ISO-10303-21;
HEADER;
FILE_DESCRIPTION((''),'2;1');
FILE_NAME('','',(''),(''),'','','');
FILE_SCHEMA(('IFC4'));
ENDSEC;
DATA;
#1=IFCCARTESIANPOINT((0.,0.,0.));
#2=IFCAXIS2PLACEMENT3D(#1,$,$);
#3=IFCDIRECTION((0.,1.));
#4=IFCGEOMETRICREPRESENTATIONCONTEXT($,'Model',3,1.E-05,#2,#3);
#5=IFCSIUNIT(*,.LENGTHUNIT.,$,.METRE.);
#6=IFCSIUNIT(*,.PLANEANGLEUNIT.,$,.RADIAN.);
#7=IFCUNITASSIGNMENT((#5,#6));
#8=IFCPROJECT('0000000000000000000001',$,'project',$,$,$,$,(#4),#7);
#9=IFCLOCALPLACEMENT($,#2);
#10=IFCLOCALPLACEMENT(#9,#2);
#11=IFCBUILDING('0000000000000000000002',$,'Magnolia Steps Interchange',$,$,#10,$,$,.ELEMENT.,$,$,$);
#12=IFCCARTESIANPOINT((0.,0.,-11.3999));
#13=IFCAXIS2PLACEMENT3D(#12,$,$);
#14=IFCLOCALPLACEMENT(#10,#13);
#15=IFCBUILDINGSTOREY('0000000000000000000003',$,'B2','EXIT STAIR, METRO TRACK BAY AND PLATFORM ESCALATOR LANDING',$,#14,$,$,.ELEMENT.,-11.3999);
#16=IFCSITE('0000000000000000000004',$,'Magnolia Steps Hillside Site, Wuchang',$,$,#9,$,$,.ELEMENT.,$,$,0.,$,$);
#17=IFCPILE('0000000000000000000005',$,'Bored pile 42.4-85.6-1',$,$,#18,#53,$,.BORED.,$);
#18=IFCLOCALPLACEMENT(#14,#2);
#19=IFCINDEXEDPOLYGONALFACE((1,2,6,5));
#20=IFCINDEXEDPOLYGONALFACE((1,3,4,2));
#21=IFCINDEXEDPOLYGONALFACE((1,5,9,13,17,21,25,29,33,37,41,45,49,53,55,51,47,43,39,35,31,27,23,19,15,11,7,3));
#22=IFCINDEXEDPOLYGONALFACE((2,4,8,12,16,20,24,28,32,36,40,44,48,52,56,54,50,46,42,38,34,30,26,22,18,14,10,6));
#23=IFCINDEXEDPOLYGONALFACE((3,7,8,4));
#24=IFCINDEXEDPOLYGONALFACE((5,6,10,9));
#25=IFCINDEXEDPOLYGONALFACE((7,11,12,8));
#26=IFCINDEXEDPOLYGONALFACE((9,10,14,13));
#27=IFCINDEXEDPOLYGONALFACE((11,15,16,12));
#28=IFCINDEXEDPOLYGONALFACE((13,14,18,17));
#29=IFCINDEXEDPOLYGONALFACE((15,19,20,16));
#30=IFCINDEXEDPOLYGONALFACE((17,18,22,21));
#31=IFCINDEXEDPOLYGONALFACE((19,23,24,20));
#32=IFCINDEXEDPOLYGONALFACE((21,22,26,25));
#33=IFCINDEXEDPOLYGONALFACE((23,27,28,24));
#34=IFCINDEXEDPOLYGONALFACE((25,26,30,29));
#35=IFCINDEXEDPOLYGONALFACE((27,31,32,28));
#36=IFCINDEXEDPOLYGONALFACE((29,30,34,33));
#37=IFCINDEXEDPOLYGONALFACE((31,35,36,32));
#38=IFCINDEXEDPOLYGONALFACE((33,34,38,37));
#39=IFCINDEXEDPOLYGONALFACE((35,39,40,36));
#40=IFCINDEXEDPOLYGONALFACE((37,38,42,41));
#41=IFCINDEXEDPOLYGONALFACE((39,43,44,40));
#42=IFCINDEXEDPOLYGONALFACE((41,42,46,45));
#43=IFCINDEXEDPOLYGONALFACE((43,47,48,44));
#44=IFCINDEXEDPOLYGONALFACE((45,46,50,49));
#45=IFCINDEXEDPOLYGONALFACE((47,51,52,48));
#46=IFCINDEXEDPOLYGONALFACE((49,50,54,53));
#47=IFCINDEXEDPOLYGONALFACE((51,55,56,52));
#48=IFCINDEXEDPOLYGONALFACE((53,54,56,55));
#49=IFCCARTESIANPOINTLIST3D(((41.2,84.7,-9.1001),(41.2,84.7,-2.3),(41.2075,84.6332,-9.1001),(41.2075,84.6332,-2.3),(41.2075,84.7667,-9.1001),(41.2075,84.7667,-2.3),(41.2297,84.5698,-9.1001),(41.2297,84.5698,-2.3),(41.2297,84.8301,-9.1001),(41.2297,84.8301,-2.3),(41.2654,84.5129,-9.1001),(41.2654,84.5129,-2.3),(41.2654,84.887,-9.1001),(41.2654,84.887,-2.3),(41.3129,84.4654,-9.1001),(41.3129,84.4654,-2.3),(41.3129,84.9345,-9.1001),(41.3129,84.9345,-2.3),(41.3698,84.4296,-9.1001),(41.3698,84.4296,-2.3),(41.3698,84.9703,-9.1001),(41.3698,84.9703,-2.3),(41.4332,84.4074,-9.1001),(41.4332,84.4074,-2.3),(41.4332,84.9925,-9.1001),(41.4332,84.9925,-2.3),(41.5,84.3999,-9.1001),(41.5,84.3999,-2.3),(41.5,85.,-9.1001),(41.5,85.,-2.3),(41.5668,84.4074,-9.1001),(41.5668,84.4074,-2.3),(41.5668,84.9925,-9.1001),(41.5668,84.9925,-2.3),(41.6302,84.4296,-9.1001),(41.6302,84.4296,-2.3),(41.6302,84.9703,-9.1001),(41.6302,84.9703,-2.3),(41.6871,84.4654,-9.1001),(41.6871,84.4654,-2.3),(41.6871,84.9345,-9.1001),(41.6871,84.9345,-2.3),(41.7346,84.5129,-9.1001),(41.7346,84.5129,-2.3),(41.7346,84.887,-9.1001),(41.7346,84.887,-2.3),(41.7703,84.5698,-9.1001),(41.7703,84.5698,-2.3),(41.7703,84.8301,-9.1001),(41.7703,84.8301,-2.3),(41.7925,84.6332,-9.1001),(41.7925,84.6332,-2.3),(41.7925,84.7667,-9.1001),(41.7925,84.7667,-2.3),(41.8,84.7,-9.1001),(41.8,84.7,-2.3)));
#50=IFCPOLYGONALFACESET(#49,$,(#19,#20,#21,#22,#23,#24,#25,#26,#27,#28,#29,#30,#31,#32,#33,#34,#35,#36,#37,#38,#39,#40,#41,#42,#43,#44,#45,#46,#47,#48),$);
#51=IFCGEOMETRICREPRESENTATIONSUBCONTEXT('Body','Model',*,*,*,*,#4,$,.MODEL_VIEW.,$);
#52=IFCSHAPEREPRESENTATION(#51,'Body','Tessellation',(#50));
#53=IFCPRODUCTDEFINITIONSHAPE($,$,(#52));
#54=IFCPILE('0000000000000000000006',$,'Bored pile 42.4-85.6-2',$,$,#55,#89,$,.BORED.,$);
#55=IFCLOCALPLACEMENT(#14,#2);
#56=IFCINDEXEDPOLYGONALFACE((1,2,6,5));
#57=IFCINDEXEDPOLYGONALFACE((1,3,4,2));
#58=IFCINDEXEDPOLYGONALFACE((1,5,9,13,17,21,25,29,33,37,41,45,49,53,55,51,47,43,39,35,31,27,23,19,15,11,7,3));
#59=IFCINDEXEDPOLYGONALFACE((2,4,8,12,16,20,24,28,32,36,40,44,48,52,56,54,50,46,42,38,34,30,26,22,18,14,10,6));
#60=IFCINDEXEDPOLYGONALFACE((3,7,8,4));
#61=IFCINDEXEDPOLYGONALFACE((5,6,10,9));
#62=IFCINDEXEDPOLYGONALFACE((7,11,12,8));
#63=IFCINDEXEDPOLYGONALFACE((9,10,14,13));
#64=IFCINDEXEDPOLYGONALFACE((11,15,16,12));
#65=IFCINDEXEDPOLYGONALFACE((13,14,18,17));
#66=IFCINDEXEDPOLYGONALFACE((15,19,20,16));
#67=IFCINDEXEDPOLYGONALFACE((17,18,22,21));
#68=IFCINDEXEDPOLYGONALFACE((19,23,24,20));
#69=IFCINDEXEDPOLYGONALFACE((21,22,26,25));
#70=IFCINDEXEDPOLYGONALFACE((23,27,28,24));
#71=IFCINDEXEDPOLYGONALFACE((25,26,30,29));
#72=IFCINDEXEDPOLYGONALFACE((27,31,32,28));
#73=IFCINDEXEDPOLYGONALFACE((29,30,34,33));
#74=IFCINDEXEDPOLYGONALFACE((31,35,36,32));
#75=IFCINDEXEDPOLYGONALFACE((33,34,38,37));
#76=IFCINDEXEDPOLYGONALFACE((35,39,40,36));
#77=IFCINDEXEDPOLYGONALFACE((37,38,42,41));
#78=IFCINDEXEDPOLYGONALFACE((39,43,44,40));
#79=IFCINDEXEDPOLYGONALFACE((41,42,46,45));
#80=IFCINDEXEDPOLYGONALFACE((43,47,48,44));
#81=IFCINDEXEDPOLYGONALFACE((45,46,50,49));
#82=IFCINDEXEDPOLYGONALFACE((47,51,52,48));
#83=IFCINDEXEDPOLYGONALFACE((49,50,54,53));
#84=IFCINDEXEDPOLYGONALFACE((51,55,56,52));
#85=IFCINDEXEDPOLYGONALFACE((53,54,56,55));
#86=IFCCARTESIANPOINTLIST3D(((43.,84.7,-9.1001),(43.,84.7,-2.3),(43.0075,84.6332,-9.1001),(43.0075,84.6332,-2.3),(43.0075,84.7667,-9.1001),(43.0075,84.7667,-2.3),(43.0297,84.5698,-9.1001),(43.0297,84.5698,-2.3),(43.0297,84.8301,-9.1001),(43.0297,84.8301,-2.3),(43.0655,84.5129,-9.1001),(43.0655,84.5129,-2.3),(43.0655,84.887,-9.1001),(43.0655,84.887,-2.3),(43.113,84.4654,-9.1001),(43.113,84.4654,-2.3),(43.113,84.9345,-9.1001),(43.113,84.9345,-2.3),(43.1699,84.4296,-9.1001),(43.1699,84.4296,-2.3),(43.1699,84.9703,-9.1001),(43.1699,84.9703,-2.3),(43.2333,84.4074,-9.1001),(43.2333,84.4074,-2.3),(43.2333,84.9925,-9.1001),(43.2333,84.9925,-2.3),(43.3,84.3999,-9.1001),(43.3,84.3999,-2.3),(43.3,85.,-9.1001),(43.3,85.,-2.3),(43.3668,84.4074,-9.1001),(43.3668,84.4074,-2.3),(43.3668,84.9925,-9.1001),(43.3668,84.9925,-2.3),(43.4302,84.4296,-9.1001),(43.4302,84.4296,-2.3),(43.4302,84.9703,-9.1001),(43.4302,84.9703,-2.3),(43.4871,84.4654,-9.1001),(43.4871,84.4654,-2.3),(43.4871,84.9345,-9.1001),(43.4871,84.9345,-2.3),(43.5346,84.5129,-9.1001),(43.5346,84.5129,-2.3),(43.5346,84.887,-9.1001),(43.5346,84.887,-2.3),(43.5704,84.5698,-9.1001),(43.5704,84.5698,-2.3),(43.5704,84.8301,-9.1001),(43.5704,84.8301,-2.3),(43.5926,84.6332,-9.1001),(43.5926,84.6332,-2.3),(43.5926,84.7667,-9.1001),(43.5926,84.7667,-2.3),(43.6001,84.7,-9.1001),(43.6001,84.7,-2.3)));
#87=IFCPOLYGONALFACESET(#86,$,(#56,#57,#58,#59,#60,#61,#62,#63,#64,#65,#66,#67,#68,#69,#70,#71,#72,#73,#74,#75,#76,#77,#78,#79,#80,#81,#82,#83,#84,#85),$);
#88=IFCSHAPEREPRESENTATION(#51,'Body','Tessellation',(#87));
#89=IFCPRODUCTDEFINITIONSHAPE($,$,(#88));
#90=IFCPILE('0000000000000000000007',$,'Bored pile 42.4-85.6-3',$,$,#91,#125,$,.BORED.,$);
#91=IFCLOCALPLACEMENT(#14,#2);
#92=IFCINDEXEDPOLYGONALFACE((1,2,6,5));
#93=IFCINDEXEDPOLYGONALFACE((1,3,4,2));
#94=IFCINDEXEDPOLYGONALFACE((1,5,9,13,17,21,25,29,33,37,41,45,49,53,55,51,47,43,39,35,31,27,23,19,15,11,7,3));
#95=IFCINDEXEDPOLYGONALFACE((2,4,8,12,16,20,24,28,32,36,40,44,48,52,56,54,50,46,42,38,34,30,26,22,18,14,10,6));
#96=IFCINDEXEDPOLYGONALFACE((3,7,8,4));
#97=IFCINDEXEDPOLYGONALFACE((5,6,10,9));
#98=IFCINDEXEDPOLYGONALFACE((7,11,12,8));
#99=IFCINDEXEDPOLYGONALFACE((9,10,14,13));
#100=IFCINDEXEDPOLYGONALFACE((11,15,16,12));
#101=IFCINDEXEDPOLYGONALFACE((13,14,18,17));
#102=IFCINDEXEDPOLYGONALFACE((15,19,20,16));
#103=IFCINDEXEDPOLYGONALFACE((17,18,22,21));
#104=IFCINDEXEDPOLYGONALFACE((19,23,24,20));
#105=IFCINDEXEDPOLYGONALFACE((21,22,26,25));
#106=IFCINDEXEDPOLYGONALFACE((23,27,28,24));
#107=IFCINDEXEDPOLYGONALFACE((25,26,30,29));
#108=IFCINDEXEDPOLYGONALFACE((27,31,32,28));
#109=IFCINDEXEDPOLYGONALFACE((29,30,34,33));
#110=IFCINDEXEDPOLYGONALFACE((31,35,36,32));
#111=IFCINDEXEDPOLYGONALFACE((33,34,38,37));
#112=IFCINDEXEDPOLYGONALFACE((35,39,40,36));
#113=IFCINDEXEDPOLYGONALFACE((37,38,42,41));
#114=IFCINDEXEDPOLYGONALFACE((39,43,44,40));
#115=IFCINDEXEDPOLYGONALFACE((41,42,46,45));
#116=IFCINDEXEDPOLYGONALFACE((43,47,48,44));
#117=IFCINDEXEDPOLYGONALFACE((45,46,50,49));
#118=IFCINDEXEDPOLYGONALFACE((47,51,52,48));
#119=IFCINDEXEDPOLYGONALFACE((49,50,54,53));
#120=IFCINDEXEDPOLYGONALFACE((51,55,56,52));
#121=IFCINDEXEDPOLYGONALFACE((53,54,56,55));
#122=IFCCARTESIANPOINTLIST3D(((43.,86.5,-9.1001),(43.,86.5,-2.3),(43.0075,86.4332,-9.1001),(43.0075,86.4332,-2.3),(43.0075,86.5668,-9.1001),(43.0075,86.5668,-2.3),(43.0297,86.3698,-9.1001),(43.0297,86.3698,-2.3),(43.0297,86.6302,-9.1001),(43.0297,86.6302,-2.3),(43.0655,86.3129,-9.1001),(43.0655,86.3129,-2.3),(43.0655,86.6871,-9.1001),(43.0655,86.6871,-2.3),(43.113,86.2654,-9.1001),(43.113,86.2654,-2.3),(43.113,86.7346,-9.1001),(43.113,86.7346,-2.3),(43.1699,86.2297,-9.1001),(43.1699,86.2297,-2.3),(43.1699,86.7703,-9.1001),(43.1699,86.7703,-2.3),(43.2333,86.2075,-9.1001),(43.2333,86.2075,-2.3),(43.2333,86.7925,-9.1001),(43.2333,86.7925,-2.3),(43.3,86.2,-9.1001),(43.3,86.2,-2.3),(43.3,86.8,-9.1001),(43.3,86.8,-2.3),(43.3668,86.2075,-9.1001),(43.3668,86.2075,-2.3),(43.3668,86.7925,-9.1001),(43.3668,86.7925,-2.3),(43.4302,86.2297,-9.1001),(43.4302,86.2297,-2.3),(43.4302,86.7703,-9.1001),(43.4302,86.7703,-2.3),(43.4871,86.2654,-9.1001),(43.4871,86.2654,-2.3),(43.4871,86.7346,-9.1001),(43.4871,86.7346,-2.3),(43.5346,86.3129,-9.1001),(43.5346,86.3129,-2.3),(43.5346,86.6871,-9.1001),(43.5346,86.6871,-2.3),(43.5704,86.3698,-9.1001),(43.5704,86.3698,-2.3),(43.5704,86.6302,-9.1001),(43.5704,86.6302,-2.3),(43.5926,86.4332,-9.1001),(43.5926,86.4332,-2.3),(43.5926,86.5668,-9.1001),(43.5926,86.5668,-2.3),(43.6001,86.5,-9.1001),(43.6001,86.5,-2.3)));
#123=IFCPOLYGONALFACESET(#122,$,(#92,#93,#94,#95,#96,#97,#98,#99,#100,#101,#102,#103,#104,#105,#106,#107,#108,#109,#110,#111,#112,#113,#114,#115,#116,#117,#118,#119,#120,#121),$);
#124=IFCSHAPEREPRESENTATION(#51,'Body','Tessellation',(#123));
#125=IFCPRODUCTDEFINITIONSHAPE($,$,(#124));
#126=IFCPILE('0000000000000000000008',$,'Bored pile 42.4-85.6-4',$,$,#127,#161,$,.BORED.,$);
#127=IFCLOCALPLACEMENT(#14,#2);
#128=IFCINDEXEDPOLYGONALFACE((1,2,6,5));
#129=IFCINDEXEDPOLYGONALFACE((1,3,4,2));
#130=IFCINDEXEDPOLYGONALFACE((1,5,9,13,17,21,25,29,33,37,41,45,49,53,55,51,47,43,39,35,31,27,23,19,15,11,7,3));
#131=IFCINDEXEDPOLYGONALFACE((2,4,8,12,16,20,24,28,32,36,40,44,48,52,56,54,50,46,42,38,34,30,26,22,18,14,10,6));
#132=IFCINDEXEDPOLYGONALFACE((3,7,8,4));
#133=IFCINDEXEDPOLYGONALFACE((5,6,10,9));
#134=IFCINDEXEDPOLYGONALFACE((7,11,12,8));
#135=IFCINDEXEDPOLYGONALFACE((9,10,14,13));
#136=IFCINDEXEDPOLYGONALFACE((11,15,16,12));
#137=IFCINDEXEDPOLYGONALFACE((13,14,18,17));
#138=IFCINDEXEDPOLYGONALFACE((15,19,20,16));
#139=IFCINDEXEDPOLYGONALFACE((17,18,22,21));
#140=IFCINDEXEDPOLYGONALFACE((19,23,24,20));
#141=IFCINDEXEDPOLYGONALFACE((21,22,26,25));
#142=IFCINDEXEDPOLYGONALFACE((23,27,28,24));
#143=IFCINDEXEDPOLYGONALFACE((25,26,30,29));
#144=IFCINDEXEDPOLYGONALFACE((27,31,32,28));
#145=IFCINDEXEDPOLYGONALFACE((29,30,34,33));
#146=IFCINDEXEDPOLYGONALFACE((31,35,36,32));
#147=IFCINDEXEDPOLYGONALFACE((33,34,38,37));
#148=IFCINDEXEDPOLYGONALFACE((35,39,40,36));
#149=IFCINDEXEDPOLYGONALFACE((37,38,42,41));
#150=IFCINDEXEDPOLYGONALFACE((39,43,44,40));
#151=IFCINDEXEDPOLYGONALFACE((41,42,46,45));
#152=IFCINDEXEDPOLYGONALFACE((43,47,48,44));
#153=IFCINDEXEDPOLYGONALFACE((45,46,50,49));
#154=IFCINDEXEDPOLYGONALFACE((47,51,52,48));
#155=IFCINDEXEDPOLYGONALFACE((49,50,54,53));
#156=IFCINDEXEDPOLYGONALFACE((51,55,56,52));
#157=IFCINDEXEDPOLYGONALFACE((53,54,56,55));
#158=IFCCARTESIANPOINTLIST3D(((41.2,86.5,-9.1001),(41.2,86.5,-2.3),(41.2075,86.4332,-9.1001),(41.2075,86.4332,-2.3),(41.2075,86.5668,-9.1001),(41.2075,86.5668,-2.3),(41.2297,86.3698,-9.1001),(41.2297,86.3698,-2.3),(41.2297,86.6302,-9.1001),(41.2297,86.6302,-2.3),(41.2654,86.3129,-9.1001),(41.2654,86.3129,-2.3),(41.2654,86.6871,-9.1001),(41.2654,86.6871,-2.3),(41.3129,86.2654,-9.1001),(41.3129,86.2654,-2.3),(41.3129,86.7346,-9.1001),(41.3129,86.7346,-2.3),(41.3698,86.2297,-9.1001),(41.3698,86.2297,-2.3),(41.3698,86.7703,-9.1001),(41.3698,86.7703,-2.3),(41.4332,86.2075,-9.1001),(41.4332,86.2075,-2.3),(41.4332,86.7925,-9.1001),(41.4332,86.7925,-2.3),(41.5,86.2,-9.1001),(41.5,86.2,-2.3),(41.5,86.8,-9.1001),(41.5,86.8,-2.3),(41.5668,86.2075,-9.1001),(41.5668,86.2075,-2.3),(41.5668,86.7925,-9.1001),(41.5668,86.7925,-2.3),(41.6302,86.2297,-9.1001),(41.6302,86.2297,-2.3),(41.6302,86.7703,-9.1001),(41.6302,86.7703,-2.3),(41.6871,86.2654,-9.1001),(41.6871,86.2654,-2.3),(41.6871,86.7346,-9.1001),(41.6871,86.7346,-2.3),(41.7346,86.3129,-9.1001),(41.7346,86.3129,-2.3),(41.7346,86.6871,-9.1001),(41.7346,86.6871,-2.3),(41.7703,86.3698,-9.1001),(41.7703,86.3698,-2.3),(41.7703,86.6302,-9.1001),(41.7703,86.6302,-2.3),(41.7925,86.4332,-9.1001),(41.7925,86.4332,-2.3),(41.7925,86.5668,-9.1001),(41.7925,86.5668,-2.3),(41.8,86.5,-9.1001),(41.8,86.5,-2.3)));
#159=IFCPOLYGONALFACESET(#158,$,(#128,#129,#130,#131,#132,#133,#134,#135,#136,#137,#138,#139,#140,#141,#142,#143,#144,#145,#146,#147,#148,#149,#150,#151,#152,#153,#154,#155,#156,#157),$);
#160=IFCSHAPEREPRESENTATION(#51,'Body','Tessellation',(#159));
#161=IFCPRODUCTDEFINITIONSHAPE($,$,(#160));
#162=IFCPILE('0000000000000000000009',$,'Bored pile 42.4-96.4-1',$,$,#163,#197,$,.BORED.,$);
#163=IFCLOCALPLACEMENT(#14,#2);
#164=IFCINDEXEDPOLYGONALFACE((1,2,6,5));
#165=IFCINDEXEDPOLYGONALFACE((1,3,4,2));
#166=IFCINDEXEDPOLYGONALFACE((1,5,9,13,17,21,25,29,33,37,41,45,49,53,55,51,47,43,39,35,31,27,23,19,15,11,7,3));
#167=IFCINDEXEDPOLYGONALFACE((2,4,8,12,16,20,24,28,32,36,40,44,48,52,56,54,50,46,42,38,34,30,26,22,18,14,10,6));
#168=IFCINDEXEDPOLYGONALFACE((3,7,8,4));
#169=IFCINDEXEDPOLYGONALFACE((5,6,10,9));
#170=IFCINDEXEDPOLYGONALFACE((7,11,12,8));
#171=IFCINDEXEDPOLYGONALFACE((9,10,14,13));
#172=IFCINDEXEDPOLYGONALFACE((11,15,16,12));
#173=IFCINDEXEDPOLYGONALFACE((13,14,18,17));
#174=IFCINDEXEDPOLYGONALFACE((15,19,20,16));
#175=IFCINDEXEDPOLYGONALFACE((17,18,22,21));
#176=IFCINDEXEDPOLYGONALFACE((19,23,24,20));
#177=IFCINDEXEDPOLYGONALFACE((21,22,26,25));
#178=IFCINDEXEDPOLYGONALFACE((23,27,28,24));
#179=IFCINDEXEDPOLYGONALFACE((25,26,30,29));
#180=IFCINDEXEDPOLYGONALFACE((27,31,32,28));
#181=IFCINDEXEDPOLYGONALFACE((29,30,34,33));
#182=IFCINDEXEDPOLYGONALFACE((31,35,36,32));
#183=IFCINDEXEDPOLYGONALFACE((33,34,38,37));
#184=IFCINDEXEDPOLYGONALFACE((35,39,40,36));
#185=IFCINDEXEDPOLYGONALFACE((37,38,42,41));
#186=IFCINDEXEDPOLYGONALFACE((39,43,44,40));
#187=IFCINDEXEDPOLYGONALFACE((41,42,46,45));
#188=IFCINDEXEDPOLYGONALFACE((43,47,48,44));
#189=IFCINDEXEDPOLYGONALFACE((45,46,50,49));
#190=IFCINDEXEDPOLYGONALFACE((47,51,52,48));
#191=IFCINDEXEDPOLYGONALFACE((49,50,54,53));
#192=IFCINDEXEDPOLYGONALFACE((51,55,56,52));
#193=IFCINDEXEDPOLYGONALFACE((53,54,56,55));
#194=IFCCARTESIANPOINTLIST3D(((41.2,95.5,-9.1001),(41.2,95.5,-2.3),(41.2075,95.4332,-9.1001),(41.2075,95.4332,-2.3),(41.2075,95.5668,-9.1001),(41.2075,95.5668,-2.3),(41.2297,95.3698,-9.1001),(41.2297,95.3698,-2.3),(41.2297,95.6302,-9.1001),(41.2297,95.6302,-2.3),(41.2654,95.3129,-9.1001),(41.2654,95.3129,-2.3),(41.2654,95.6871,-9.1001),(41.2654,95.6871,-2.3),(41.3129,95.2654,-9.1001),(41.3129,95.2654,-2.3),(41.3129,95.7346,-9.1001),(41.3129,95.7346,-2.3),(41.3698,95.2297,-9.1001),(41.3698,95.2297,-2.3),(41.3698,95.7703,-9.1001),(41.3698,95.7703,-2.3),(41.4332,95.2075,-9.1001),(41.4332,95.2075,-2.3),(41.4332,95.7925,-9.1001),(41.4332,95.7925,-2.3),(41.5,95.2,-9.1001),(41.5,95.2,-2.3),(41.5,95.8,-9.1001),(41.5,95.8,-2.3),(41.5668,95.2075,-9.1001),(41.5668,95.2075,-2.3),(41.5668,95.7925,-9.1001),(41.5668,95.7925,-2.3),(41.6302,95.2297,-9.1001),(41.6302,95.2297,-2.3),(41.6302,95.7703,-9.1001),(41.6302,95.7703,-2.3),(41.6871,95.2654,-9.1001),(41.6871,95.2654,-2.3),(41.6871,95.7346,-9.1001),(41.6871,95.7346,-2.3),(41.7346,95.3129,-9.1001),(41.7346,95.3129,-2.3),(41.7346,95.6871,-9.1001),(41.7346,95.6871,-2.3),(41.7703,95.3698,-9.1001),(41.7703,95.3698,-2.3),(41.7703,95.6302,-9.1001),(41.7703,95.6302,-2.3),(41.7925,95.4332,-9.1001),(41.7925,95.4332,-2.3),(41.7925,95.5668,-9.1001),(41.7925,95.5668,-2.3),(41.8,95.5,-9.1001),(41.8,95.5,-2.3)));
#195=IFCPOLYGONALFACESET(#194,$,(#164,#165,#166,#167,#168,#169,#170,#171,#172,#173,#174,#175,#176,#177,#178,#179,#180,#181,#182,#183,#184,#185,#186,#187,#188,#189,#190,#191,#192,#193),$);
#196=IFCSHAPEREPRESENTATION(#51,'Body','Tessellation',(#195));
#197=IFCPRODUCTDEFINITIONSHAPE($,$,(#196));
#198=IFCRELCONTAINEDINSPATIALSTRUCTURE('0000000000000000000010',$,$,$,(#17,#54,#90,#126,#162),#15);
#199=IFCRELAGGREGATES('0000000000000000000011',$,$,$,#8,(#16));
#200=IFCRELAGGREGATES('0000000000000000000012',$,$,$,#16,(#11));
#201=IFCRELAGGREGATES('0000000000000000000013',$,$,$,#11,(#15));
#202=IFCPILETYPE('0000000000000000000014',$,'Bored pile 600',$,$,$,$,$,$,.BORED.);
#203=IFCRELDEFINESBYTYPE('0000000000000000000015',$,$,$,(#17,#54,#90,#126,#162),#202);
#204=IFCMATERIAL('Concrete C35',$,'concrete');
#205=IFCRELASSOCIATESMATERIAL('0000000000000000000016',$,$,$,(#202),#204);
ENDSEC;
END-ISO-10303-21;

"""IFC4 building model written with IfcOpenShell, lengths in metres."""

from ifc_helpers import new_model, si_unit, direction, frame, origin, origin_2d, place, context, subcontext, project, spatial, circle, extrude, material, material_profile, profile_set, type_object, element, save


model = new_model("IFC4")

# Units and contexts
model_context = context("Model", 3, precision=1e-05, world=origin(), true_north=direction((0.0, 1.0)))
body_context = subcontext(model_context, "Body", "Model", "MODEL_VIEW")
ifc_project = project(units=[si_unit("LENGTHUNIT", "METRE"), si_unit("PLANEANGLEUNIT", "RADIAN")], contexts=[model_context])

# Site, building, storey
site_placement = place(None, origin())
site = spatial("IfcSite", under=ifc_project, at=site_placement, Name="Magnolia Steps Hillside Site, Wuchang", CompositionType="ELEMENT", RefElevation=0.0)
building_placement = place(site_placement, origin())
building = spatial("IfcBuilding", under=site, at=building_placement, Name="Magnolia Steps Interchange", CompositionType="ELEMENT")
storey_placement = place(building_placement, frame((0.0, 0.0, -11.3999)))
storey = spatial("IfcBuildingStorey", under=building, at=storey_placement, Name="B2", Description="EXIT STAIR, METRO TRACK BAY AND PLATFORM ESCALATOR LANDING", CompositionType="ELEMENT", Elevation=-11.3999)

# Piles
ifc_material_1 = material(Name="Concrete C35", Category="concrete")
ifc_material_profile_1 = material_profile(ifc_material_1, circle(Radius=0.3, at=origin_2d()), Name="Bored pile 600")
ifc_profile_set_1 = profile_set([ifc_material_profile_1], Name="Concrete C35")
pile_type = type_object("IfcPileType", Name="Bored pile 600", PredefinedType="BORED", material=ifc_profile_set_1)
for number, where, z_axis, x_axis, name in (
    (1, (41.5, 84.7, -2.3), (0.0, 0.0, -1.0), (1.0, 0.0, 0.0), "Bored pile 42.4-85.6-1"),
    (2, (43.3, 84.7, -2.3), (0.0, 0.0, -1.0), (1.0, 0.0, 0.0), "Bored pile 42.4-85.6-2"),
    (3, (43.3, 86.5, -2.3), (0.0, 0.0, -1.0), (1.0, 0.0, 0.0), "Bored pile 42.4-85.6-3"),
    (4, (41.5, 86.5, -2.3), (0.0, 0.0, -1.0), (1.0, 0.0, 0.0), "Bored pile 42.4-85.6-4"),
    (5, (41.5, 95.5, -2.3), (0.0, 0.0, -1.0), (1.0, 0.0, 0.0), "Bored pile 42.4-96.4-1"),
):
    element("IfcPile", number, at=place(storey_placement, frame(where, z_axis=z_axis, x_axis=x_axis)), inside=storey, type_object=pile_type, Name=name, PredefinedType="BORED", context=body_context, shape_type="SweptSolid", body=[
        extrude(circle(Radius=0.3, at=origin_2d()), origin(), (0.0, 0.0, 1.0), 6.8),
    ])

save(model, "model.ifc")
